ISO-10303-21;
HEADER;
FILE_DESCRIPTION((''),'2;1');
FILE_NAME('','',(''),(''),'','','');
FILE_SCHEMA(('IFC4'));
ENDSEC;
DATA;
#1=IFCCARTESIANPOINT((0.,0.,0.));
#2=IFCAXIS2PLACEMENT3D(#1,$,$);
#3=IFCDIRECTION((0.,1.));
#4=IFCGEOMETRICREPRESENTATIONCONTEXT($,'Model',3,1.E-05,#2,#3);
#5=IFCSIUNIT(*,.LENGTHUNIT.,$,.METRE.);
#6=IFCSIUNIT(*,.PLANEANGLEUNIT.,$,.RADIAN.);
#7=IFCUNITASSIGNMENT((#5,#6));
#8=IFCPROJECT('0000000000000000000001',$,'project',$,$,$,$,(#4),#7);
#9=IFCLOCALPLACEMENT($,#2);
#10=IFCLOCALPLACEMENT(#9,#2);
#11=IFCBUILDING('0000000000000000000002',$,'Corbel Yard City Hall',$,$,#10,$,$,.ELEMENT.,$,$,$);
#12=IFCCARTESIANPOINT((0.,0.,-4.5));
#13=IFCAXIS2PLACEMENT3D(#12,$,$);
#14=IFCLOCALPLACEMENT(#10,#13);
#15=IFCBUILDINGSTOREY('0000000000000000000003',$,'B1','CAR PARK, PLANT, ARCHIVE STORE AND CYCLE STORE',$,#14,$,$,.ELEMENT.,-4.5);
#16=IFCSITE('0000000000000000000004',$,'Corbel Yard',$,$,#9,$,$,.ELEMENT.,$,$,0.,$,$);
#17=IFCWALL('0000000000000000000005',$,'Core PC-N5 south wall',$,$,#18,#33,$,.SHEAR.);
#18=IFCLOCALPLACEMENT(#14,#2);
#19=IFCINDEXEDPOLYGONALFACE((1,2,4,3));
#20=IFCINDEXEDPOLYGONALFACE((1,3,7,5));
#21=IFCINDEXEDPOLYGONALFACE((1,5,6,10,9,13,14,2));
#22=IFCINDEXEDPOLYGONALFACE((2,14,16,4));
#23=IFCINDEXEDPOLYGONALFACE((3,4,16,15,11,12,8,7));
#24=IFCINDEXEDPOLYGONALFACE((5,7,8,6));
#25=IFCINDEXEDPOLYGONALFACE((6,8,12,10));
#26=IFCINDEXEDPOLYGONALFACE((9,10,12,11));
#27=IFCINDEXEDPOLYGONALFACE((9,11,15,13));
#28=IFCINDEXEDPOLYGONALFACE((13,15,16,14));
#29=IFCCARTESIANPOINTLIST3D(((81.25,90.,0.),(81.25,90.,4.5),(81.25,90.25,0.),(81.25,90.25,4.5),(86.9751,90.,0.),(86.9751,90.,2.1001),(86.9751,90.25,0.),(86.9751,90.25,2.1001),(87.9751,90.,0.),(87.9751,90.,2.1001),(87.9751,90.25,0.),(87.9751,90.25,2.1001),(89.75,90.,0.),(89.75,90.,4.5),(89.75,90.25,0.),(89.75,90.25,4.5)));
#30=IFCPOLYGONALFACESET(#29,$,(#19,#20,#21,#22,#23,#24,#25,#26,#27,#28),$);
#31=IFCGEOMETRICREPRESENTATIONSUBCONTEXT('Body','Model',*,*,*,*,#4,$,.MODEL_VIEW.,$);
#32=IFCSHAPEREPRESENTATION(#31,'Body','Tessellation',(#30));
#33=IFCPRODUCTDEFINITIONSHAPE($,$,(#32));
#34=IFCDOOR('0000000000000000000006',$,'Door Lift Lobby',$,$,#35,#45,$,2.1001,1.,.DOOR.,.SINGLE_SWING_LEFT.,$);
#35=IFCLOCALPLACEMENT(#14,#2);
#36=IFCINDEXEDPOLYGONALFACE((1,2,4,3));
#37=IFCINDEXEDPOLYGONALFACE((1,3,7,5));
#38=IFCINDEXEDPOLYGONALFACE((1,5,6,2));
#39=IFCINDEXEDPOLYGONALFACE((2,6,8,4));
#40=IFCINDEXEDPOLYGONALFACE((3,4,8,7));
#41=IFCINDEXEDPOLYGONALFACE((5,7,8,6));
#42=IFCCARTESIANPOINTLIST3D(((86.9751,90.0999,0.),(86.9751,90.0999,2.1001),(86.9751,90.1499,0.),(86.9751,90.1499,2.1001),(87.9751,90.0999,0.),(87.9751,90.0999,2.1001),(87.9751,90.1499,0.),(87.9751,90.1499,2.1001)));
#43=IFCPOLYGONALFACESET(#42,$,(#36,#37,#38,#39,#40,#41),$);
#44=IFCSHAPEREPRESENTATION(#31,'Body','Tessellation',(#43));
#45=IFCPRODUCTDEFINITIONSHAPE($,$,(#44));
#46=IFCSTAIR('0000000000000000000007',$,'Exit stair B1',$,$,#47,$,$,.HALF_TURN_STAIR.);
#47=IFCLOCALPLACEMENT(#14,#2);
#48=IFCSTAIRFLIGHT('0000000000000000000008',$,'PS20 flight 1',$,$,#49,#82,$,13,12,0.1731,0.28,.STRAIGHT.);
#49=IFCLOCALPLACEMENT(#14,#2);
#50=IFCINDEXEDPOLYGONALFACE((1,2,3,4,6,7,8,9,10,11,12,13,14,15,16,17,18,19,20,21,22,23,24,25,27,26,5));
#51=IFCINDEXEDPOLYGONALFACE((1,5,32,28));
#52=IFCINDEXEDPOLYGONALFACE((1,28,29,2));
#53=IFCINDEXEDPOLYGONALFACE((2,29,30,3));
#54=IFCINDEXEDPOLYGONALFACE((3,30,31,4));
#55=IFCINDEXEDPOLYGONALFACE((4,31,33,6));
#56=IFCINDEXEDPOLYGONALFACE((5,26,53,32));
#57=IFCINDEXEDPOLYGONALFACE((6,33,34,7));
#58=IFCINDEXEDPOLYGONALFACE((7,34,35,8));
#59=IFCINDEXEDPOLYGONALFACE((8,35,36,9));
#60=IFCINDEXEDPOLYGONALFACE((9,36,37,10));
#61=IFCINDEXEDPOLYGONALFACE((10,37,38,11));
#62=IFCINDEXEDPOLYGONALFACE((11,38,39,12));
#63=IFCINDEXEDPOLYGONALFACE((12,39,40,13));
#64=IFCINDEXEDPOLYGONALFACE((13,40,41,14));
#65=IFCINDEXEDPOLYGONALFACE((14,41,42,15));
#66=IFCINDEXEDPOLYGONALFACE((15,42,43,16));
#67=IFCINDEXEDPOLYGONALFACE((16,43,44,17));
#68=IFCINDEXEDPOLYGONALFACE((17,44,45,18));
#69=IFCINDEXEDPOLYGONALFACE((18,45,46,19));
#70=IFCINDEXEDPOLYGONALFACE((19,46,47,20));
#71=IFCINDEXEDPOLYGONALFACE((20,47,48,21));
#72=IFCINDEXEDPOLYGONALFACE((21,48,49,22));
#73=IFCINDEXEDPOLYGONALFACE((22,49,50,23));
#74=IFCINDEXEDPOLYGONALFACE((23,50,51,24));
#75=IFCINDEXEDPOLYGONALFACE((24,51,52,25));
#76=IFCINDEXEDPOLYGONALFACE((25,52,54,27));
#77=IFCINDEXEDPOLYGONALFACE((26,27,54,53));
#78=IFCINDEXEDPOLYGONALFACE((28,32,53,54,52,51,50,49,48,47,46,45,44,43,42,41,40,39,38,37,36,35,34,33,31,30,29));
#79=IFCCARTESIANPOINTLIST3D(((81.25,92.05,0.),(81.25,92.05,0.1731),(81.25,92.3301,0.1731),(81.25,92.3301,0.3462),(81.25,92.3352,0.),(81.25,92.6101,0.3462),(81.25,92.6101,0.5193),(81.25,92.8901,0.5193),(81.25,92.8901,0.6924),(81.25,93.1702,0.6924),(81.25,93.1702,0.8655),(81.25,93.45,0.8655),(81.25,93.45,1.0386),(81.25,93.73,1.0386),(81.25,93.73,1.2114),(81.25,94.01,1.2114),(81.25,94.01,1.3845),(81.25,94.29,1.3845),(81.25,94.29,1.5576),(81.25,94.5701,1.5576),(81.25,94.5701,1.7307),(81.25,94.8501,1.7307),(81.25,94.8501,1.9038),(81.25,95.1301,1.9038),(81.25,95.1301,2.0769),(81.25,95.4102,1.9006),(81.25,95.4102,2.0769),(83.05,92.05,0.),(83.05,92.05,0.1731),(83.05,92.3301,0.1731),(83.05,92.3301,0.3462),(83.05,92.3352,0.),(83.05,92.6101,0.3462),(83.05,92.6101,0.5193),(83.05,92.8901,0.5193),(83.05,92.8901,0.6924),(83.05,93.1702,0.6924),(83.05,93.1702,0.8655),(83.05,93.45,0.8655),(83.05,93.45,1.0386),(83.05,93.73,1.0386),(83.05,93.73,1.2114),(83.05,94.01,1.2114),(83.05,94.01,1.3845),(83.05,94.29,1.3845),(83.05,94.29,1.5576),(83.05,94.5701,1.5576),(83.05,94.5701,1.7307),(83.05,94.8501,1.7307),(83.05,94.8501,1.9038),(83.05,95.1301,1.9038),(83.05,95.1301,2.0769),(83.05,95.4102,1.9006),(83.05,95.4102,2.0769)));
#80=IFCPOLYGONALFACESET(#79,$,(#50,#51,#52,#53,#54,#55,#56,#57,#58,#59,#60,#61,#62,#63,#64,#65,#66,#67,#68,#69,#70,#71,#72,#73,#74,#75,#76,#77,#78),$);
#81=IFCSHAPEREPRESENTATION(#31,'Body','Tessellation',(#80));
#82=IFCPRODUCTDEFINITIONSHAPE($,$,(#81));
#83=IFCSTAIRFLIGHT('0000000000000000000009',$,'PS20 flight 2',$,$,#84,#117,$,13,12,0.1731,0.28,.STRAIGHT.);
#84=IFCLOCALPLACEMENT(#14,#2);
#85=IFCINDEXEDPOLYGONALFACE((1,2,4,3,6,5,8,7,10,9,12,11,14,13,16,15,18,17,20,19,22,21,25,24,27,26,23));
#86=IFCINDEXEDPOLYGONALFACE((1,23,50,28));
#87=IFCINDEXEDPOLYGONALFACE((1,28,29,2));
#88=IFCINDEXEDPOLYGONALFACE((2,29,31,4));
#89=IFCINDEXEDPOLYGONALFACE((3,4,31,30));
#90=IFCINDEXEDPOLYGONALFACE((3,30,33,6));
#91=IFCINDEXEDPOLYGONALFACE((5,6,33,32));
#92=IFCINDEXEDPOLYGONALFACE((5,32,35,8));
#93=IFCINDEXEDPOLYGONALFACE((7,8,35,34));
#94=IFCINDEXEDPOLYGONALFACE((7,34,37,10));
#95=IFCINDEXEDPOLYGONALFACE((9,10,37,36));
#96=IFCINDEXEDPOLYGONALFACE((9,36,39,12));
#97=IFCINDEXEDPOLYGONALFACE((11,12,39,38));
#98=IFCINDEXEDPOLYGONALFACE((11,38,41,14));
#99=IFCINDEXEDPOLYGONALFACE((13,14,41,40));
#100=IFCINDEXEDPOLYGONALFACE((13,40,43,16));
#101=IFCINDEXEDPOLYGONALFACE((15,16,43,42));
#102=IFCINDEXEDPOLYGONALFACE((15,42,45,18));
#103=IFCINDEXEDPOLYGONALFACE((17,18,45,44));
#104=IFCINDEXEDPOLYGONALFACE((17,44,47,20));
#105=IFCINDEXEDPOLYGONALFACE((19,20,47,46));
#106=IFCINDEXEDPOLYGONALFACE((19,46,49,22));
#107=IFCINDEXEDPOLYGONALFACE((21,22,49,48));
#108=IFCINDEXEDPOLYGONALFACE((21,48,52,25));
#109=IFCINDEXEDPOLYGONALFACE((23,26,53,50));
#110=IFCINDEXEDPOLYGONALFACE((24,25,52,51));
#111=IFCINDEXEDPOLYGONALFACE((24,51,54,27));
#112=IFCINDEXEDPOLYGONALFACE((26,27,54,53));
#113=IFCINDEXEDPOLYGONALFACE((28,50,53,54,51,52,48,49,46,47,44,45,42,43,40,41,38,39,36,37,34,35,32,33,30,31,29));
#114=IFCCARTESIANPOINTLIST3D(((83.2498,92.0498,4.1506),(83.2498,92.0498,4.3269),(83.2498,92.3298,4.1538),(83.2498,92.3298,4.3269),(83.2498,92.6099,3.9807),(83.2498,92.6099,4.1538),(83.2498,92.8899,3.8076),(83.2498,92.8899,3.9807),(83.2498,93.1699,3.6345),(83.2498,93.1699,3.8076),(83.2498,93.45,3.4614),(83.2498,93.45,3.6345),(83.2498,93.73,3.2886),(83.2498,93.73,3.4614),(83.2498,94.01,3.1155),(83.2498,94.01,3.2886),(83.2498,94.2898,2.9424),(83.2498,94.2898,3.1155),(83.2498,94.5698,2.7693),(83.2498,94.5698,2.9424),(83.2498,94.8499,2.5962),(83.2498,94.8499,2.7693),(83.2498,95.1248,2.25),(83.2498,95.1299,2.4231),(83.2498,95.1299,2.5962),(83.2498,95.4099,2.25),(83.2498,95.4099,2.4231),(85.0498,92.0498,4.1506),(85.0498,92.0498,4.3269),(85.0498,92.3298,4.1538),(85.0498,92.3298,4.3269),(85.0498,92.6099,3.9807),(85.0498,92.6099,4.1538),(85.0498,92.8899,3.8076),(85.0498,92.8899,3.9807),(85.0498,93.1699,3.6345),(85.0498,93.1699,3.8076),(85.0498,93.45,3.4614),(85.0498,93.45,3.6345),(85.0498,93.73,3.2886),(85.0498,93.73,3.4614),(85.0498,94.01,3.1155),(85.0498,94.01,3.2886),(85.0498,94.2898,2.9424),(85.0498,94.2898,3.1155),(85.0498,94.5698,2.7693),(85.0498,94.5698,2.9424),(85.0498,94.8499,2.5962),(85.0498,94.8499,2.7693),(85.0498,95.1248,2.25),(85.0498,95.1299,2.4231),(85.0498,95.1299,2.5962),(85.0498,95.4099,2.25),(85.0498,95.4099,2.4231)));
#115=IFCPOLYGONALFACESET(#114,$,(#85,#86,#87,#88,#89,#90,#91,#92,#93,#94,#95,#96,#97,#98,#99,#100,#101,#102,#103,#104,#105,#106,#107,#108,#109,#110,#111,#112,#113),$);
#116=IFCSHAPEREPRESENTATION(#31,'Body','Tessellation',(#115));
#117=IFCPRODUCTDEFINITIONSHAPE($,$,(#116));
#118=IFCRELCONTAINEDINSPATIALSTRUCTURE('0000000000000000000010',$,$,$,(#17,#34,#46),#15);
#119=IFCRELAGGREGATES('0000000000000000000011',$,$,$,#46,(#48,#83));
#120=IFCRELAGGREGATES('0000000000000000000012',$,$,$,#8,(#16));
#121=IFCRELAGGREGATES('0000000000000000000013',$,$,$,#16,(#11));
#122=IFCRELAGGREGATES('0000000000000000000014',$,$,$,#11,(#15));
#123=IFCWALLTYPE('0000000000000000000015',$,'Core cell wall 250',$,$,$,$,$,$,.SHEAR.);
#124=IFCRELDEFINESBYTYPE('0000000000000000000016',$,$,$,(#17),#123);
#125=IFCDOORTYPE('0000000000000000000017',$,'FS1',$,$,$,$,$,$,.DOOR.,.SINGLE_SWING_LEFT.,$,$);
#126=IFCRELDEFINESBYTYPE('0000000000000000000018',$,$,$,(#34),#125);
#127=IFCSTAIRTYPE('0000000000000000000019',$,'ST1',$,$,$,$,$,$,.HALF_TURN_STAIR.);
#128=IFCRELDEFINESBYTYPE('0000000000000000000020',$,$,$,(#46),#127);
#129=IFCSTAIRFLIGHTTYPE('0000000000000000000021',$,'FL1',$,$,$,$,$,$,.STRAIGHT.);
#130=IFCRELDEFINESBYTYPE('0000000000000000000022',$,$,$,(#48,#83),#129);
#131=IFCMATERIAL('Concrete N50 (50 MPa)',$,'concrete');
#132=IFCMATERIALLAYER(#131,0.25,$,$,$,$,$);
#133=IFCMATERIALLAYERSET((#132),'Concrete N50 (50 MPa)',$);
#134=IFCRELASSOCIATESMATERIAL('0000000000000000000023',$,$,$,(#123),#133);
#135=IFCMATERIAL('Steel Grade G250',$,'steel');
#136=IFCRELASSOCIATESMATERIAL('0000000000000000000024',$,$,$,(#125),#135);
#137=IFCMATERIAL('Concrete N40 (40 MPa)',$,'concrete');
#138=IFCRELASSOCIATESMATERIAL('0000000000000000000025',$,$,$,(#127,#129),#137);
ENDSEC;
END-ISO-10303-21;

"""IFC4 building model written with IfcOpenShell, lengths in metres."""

from ifc_helpers import new_model, si_unit, direction, frame, frame_2d, origin, place, context, subcontext, project, spatial, polyline, rectangle, outline, extrude, material, layer, layer_set, type_object, element, fill, aggregate, save


model = new_model("IFC4")

# Units and contexts
model_context = context("Model", 3, precision=1e-05, world=origin(), true_north=direction((0.0, 1.0)))
body_context = subcontext(model_context, "Body", "Model", "MODEL_VIEW")
ifc_project = project(units=[si_unit("LENGTHUNIT", "METRE"), si_unit("PLANEANGLEUNIT", "RADIAN")], contexts=[model_context])

# Site, building, storey
site_placement = place(None, origin())
site = spatial("IfcSite", under=ifc_project, at=site_placement, Name="Corbel Yard", CompositionType="ELEMENT", RefElevation=0.0)
building_placement = place(site_placement, origin())
building = spatial("IfcBuilding", under=site, at=building_placement, Name="Corbel Yard City Hall", CompositionType="ELEMENT")
storey_placement = place(building_placement, frame((0.0, 0.0, -4.5)))
storey = spatial("IfcBuildingStorey", under=building, at=storey_placement, Name="B1", Description="CAR PARK, PLANT, ARCHIVE STORE AND CYCLE STORE", CompositionType="ELEMENT", Elevation=-4.5)

# Shared definitions
ifc_material_1 = material(Name="Concrete N40 (40 MPa)", Category="concrete")

# Shared definitions
ifc_material_2 = material(Name="Concrete N50 (50 MPa)", Category="concrete")
ifc_layer = layer(ifc_material_2, 0.25)
ifc_layer_set = layer_set([ifc_layer], Name="Concrete N50 (50 MPa)")
wall_type = type_object("IfcWallType", Name="Core cell wall 250", PredefinedType="SHEAR", material=ifc_layer_set)

# Wall, opening, door
wall_1_placement = place(storey_placement, frame((81.25, 90.125, 0.0), z_axis=(0.0, 0.0, 1.0), x_axis=(1.0, 0.0, 0.0)))
wall_1 = element("IfcWall", 1, at=wall_1_placement, inside=storey, type_object=wall_type, Name="Core PC-N5 south wall", PredefinedType="SHEAR", context=body_context, shape_type="SweptSolid", body=[
    extrude(rectangle(XDim=8.5, YDim=0.25, at=frame_2d((4.25, 0.0))), origin(), (0.0, 0.0, 1.0), 4.5),
])
opening_placement = place(wall_1_placement, frame((5.7251, 0.0, 0.0)))
opening = element("IfcOpeningElement", 2, at=opening_placement, cuts=wall_1, PredefinedType="OPENING", context=body_context, shape_type="SweptSolid", body=[
    extrude(rectangle(XDim=1.0, YDim=2.1001, at=frame_2d((0.5, 1.05))), frame((0.0, 0.135, 0.0), z_axis=(0.0, -1.0, 0.0), x_axis=(1.0, 0.0, 0.0)), (0.0, 0.0, 1.0), 0.27),
])
ifc_material_3 = material(Name="Steel Grade G250", Category="steel")
door_type = type_object("IfcDoorType", Name="FS1", OperationType="SINGLE_SWING_LEFT", PredefinedType="DOOR", material=ifc_material_3)
door_placement = place(opening_placement, origin())
door = element("IfcDoor", 3, at=door_placement, inside=storey, type_object=door_type, Name="Door Lift Lobby", OperationType="SINGLE_SWING_LEFT", OverallHeight=2.1001, OverallWidth=1.0, PredefinedType="DOOR", context=body_context, shape_type="SweptSolid", body=[
    extrude(rectangle(XDim=1.0, YDim=2.1001, at=frame_2d((0.5, 1.05))), frame((0.0, 0.0249, 0.0), z_axis=(0.0, -1.0, 0.0), x_axis=(1.0, 0.0, 0.0)), (0.0, 0.0, 1.0), 0.05),
])
fill(opening, door)

# Stair, stair flights
stair_type = type_object("IfcStairType", Name="ST1", PredefinedType="HALF_TURN_STAIR", material=ifc_material_1)
stair_placement = place(storey_placement, origin())
stair = element("IfcStair", 4, at=stair_placement, inside=storey, type_object=stair_type, Name="Exit stair B1", PredefinedType="HALF_TURN_STAIR")
stair_flight_type = type_object("IfcStairFlightType", Name="FL1", PredefinedType="STRAIGHT", material=ifc_material_1)
stair_flight_1_placement = place(storey_placement, frame((82.1499, 92.05, 0.0), z_axis=(0.0, 0.0, 1.0), x_axis=(0.0, 1.0, 0.0)))
stair_flight_1 = element("IfcStairFlight", 5, at=stair_flight_1_placement, type_object=stair_flight_type, Name="PS20 flight 1", NumberOfRisers=13, NumberOfTreads=12, PredefinedType="STRAIGHT", RiserHeight=0.1731, TreadLength=0.28, context=body_context, shape_type="SweptSolid", body=[
    extrude(outline(polyline([(0.0, 0.0), (0.0, 0.1731), (0.28, 0.1731), (0.28, 0.3462), (0.5601, 0.3462), (0.5601, 0.5193), (0.8401, 0.5193), (0.8401, 0.6924), (1.1201, 0.6924), (1.1201, 0.8655), (1.3999, 0.8655), (1.3999, 1.0386), (1.6799, 1.0386), (1.6799, 1.2114), (1.96, 1.2114), (1.96, 1.3845), (2.24, 1.3845), (2.24, 1.5576), (2.52, 1.5576), (2.52, 1.7307), (2.8, 1.7307), (2.8, 1.9038), (3.0801, 1.9038), (3.0801, 2.0769), (3.3601, 2.0769), (3.3601, 2.25), (3.3601, 1.9006), (0.2852, 0.0), (0.0, 0.0)])), frame((0.0, 0.8999, 0.0), z_axis=(0.0, -1.0, 0.0), x_axis=(1.0, 0.0, 0.0)), (0.0, 0.0, 1.0), 1.8),
])
stair_flight_2_placement = place(storey_placement, frame((84.1499, 95.4099, 2.25), z_axis=(0.0, 0.0, 1.0), x_axis=(0.0, -1.0, 0.0)))
stair_flight_2 = element("IfcStairFlight", 6, at=stair_flight_2_placement, type_object=stair_flight_type, Name="PS20 flight 2", NumberOfRisers=13, NumberOfTreads=12, PredefinedType="STRAIGHT", RiserHeight=0.1731, TreadLength=0.28, context=body_context, shape_type="SweptSolid", body=[
    extrude(outline(polyline([(0.0, 0.0), (0.0, 0.1731), (0.28, 0.1731), (0.28, 0.3462), (0.5601, 0.3462), (0.5601, 0.5193), (0.8401, 0.5193), (0.8401, 0.6924), (1.1201, 0.6924), (1.1201, 0.8655), (1.3999, 0.8655), (1.3999, 1.0386), (1.6799, 1.0386), (1.6799, 1.2114), (1.96, 1.2114), (1.96, 1.3845), (2.24, 1.3845), (2.24, 1.5576), (2.52, 1.5576), (2.52, 1.7307), (2.8, 1.7307), (2.8, 1.9038), (3.0801, 1.9038), (3.0801, 2.0769), (3.3601, 2.0769), (3.3601, 2.25), (3.3601, 1.9006), (0.2852, 0.0), (0.0, 0.0)])), frame((0.0, 0.8999, 0.0), z_axis=(0.0, -1.0, 0.0), x_axis=(1.0, 0.0, 0.0)), (0.0, 0.0, 1.0), 1.8),
])
aggregate(stair, [stair_flight_1, stair_flight_2])

save(model, "model.ifc")
